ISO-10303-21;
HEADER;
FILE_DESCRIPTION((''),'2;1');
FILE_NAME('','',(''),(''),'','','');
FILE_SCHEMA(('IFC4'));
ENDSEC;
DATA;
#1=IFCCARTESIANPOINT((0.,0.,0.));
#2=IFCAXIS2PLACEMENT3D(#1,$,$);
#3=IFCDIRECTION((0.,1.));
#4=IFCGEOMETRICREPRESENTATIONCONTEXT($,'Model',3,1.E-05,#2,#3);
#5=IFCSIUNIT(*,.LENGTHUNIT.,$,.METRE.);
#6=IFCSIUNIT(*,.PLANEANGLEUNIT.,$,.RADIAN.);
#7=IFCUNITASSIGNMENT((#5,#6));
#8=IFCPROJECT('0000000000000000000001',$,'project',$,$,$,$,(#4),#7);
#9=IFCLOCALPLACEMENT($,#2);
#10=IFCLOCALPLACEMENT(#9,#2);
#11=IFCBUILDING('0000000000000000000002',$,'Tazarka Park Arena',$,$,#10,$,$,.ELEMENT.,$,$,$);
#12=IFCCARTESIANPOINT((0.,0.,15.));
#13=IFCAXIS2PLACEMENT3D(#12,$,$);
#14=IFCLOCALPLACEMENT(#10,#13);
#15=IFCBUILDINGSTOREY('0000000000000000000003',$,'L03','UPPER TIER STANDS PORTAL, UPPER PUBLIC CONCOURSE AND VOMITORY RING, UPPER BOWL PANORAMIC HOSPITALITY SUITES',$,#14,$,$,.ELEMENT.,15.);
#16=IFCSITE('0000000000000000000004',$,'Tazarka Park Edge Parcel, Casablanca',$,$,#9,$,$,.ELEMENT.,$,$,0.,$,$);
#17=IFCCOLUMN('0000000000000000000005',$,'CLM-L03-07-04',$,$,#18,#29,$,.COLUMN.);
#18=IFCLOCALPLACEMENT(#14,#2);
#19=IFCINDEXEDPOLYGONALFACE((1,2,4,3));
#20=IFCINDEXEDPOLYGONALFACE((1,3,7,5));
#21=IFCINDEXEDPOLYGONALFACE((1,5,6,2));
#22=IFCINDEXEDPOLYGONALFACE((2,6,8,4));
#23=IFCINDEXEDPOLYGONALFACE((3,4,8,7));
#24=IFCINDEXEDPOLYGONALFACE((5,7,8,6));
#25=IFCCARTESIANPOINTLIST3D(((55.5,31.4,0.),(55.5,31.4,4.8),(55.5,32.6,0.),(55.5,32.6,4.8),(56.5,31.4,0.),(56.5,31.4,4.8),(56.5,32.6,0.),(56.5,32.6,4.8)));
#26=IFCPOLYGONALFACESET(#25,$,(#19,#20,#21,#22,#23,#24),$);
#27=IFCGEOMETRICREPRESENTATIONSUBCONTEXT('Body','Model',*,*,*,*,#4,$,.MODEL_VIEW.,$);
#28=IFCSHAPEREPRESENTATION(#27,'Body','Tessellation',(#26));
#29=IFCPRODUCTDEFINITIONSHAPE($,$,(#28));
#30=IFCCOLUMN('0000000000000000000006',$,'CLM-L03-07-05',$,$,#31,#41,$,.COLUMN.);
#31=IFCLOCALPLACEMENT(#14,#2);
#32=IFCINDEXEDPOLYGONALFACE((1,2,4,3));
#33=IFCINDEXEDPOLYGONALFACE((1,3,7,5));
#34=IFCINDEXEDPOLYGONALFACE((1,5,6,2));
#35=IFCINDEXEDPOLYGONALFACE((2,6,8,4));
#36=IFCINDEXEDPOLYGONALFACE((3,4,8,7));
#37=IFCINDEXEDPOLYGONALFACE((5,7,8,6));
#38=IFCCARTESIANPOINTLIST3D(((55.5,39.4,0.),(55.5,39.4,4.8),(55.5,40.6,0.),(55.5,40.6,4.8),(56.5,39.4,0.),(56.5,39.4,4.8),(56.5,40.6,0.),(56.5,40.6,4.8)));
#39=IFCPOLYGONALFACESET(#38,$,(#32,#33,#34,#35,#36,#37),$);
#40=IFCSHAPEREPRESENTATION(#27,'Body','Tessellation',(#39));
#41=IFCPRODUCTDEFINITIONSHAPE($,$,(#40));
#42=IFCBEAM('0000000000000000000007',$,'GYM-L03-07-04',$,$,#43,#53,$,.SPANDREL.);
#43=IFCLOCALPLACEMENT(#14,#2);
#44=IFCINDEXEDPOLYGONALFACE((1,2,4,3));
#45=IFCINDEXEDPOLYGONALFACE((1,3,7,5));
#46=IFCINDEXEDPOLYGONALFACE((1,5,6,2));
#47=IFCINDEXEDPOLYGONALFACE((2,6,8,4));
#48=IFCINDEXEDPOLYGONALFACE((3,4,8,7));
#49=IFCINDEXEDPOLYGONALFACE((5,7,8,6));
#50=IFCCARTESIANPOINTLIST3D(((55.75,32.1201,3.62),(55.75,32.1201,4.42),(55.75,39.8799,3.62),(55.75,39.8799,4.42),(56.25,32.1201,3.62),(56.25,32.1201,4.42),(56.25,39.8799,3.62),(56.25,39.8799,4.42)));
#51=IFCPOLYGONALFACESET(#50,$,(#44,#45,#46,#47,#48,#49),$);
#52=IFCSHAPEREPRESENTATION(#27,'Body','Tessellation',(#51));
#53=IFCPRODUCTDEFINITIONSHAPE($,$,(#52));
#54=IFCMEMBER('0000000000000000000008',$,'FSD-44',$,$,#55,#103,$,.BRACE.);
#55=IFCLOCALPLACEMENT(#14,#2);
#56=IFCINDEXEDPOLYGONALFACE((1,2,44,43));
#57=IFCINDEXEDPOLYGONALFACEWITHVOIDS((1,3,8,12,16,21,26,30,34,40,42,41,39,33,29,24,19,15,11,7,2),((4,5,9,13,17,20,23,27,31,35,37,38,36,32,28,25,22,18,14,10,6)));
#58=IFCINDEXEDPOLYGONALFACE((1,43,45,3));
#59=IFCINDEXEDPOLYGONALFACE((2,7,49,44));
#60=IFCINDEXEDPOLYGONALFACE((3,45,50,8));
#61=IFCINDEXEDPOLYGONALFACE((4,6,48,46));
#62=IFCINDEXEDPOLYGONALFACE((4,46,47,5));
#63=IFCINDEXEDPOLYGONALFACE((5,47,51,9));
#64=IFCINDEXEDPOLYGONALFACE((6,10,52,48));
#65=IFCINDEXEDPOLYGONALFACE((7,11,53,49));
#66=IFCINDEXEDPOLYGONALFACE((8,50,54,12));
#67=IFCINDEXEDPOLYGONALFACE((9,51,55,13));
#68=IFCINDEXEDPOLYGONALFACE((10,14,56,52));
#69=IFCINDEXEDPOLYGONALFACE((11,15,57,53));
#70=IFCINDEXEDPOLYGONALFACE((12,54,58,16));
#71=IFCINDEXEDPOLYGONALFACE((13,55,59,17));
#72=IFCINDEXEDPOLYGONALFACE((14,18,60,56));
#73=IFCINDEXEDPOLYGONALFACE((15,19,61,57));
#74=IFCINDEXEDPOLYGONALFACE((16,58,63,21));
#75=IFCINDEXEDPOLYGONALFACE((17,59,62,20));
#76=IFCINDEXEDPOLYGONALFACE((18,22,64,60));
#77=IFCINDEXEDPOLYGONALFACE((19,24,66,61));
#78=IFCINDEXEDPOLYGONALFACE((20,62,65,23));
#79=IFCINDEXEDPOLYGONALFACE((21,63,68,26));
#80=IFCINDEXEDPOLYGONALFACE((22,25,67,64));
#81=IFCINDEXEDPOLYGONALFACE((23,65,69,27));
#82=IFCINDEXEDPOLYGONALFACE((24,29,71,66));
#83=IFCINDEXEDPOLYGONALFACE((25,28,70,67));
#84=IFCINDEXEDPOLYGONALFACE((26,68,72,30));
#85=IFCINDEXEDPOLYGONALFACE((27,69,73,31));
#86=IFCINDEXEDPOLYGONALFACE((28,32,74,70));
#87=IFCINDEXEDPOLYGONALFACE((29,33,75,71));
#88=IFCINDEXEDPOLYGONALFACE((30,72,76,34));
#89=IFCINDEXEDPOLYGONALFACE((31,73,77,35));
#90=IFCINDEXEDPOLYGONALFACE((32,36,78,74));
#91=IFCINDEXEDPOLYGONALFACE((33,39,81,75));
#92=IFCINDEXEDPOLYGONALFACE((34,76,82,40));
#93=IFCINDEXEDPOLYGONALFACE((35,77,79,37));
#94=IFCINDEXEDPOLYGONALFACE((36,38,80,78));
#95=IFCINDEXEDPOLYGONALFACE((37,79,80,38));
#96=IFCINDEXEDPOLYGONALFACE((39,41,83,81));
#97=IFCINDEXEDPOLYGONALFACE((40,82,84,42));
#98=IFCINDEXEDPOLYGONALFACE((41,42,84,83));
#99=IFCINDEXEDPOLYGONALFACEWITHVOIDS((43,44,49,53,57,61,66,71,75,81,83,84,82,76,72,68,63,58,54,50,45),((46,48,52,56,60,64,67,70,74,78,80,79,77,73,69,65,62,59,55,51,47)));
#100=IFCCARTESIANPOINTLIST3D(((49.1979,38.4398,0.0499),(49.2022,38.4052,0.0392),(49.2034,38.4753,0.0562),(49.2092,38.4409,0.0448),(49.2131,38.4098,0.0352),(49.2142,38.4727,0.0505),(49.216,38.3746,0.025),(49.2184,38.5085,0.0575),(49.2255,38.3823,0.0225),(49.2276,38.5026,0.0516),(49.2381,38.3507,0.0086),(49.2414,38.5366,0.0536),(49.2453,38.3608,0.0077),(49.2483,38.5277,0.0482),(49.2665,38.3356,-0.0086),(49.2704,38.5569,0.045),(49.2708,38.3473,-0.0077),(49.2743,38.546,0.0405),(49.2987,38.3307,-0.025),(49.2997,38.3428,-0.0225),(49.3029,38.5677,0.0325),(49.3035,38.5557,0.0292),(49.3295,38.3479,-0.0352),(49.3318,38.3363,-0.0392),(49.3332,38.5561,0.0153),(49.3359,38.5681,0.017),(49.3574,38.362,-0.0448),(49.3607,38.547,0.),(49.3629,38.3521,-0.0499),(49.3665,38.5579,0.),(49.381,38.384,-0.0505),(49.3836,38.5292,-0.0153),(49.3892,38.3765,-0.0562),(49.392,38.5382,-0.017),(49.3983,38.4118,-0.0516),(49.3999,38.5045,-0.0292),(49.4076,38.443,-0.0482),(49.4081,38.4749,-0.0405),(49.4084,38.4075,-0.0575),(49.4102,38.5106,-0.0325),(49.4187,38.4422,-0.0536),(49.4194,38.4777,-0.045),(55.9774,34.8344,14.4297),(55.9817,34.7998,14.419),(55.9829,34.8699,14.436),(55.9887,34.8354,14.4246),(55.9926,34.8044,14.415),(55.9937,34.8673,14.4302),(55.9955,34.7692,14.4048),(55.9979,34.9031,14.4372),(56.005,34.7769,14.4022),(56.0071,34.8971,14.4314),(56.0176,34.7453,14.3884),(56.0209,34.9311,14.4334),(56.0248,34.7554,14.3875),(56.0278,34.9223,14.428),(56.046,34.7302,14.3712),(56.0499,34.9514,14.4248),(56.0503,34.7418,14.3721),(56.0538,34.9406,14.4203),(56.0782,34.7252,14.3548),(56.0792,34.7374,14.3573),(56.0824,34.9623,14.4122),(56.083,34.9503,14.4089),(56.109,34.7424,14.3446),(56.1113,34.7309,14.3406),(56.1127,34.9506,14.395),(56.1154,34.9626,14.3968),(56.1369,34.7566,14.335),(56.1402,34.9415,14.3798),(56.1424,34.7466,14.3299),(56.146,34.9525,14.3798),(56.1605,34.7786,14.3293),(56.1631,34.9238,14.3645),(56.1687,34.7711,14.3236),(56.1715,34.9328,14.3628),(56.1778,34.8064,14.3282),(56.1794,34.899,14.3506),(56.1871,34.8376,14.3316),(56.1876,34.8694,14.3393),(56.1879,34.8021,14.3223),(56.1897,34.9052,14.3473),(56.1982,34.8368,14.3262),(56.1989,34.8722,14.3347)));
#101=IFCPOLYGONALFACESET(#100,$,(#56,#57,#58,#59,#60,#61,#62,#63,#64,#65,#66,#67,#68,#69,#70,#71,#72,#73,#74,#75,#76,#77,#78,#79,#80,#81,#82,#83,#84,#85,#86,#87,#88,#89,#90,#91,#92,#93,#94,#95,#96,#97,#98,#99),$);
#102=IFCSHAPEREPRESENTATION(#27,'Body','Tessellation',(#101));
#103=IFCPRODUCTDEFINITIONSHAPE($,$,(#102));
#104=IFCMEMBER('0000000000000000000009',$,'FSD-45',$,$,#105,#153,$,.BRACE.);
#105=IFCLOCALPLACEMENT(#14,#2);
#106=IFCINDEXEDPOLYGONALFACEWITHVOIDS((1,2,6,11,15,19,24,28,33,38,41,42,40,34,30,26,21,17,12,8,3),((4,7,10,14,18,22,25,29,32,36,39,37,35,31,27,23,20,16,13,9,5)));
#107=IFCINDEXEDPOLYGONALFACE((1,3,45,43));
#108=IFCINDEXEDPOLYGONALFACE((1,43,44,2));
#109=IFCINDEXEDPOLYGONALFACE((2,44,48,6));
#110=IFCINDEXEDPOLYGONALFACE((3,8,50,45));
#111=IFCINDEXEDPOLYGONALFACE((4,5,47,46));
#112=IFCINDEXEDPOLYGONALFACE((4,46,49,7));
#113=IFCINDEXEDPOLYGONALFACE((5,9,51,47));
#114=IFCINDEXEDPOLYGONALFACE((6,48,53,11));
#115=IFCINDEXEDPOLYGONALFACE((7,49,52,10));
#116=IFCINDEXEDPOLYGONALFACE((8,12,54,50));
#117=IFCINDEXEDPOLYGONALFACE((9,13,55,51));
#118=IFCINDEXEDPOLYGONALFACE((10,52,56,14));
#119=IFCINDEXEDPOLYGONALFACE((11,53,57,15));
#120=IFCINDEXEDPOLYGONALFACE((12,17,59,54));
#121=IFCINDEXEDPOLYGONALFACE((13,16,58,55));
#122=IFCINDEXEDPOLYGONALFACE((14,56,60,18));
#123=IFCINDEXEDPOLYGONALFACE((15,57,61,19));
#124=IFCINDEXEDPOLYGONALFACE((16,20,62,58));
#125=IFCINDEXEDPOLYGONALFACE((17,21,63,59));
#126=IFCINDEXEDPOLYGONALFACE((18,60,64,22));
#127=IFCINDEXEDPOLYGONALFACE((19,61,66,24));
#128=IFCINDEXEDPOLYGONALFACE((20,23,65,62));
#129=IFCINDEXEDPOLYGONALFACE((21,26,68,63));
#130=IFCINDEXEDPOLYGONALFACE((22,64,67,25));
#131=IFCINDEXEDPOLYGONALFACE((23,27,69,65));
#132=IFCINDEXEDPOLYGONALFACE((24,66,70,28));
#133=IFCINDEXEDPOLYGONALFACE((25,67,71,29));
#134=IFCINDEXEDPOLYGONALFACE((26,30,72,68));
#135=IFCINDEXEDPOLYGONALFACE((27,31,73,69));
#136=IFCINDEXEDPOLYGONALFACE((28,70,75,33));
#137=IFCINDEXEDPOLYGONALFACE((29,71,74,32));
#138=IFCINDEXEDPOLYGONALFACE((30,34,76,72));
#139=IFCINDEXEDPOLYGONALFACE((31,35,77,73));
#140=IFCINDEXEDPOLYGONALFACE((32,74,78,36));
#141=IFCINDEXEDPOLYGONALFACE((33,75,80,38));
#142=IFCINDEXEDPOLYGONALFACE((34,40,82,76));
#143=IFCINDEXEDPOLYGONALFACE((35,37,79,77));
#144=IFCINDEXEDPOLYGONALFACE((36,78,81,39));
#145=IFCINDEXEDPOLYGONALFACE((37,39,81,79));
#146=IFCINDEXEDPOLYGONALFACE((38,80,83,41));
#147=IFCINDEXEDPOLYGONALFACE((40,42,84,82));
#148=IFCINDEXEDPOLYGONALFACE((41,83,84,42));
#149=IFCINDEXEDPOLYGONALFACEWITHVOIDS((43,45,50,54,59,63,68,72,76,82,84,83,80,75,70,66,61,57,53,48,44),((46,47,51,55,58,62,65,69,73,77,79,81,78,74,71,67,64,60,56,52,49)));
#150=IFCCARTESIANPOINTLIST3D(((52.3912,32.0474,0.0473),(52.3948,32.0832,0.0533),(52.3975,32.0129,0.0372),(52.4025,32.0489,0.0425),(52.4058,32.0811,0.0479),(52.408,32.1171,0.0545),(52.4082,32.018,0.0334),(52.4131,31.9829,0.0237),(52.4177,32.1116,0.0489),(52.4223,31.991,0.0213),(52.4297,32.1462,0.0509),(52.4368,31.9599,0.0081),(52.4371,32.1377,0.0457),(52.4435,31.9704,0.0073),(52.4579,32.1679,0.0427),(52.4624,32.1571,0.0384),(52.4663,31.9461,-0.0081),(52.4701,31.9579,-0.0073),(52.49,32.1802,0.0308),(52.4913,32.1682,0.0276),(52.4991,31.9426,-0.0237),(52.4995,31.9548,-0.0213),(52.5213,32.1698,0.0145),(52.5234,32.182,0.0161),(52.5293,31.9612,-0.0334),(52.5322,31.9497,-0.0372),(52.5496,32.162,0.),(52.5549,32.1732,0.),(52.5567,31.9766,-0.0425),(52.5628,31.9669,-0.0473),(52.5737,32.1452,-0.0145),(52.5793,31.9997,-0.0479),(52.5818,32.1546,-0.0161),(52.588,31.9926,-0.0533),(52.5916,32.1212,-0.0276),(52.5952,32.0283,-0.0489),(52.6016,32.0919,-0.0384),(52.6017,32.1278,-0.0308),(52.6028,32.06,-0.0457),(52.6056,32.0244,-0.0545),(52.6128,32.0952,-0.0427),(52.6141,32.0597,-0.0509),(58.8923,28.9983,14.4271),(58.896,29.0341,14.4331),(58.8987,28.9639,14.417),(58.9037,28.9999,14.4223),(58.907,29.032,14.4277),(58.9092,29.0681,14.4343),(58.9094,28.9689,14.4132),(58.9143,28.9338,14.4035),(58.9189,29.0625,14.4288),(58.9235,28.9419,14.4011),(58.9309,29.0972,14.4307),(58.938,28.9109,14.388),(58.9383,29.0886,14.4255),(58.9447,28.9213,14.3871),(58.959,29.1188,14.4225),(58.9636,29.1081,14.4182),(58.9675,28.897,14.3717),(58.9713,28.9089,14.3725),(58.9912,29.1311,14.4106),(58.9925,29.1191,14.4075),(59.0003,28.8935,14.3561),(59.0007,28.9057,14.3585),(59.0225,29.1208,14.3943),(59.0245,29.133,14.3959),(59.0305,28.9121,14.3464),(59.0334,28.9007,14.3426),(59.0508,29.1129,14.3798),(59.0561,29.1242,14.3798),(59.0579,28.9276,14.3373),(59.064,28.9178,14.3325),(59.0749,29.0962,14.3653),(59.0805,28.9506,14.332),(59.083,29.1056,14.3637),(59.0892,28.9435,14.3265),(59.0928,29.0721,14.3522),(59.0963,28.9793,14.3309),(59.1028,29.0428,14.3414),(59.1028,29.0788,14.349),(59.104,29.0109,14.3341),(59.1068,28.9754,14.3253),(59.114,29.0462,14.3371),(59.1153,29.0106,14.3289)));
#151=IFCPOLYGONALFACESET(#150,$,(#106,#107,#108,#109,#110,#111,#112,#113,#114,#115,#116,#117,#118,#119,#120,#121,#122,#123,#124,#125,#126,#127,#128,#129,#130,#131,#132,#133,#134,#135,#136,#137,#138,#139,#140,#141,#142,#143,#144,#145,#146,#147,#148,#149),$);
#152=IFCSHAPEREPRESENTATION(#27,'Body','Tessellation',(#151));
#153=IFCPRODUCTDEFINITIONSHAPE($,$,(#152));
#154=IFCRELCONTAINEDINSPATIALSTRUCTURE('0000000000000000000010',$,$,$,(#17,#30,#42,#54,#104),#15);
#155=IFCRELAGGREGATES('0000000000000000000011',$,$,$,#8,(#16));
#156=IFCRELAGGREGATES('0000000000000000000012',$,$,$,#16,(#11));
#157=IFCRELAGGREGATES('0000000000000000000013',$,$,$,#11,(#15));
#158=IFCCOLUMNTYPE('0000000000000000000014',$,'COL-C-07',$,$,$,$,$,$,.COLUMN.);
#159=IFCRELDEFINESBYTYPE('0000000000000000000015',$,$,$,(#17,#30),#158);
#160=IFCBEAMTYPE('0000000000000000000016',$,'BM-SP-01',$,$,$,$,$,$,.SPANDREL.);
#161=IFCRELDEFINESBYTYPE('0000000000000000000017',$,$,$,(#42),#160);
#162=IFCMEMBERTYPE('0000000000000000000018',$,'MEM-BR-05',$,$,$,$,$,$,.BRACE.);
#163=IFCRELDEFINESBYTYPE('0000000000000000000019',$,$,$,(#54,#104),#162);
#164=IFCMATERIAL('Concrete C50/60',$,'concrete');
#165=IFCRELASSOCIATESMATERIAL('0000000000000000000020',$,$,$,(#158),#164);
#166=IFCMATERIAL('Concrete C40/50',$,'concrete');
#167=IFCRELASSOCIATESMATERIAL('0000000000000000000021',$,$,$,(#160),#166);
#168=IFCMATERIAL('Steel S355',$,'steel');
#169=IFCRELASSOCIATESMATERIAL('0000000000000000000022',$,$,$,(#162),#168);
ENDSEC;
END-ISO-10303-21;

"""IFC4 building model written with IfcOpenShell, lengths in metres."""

from ifc_helpers import new_model, si_unit, direction, frame, origin, origin_2d, place, context, subcontext, project, spatial, rectangle, hollow_circle, extrude, material, material_profile, profile_set, type_object, element, save


model = new_model("IFC4")

# Units and contexts
model_context = context("Model", 3, precision=1e-05, world=origin(), true_north=direction((0.0, 1.0)))
body_context = subcontext(model_context, "Body", "Model", "MODEL_VIEW")
ifc_project = project(units=[si_unit("LENGTHUNIT", "METRE"), si_unit("PLANEANGLEUNIT", "RADIAN")], contexts=[model_context])

# Site, building, storey
site_placement = place(None, origin())
site = spatial("IfcSite", under=ifc_project, at=site_placement, Name="Tazarka Park Edge Parcel, Casablanca", CompositionType="ELEMENT", RefElevation=0.0)
building_placement = place(site_placement, origin())
building = spatial("IfcBuilding", under=site, at=building_placement, Name="Tazarka Park Arena", CompositionType="ELEMENT")
storey_placement = place(building_placement, frame((0.0, 0.0, 15.0)))
storey = spatial("IfcBuildingStorey", under=building, at=storey_placement, Name="L03", Description="UPPER TIER STANDS PORTAL, UPPER PUBLIC CONCOURSE AND VOMITORY RING, UPPER BOWL PANORAMIC HOSPITALITY SUITES", CompositionType="ELEMENT", Elevation=15.0)

# Columns
ifc_material_1 = material(Name="Concrete C50/60", Category="concrete")
ifc_material_profile_1 = material_profile(ifc_material_1, rectangle(XDim=1.0, YDim=1.2, at=origin_2d()), Name="Concrete C50/60")
ifc_profile_set_1 = profile_set([ifc_material_profile_1], Name="Concrete C50/60")
column_type = type_object("IfcColumnType", Name="COL-C-07", PredefinedType="COLUMN", material=ifc_profile_set_1)
for number, where, z_axis, x_axis, name in (
    (1, (56.0, 32.0, 0.0), (0.0, 0.0, 1.0), (1.0, 0.0, 0.0), "CLM-L03-07-04"),
    (2, (56.0, 40.0, 0.0), (0.0, 0.0, 1.0), (1.0, 0.0, 0.0), "CLM-L03-07-05"),
):
    element("IfcColumn", number, at=place(storey_placement, frame(where, z_axis=z_axis, x_axis=x_axis)), inside=storey, type_object=column_type, Name=name, PredefinedType="COLUMN", context=body_context, shape_type="SweptSolid", body=[
        extrude(rectangle(XDim=1.0, YDim=1.2, at=origin_2d()), origin(), (0.0, 0.0, 1.0), 4.8),
    ])

# Beam
ifc_material_2 = material(Name="Concrete C40/50", Category="concrete")
ifc_material_profile_2 = material_profile(ifc_material_2, rectangle(XDim=0.5, YDim=0.8, at=origin_2d()), Name="Concrete C40/50")
ifc_profile_set_2 = profile_set([ifc_material_profile_2], Name="Concrete C40/50")
beam_type = type_object("IfcBeamType", Name="BM-SP-01", PredefinedType="SPANDREL", material=ifc_profile_set_2)
beam_placement = place(storey_placement, frame((56.0, 32.1201, 4.02), z_axis=(0.0, 1.0, 0.0), x_axis=(-1.0, 0.0, 0.0)))
element("IfcBeam", 3, at=beam_placement, inside=storey, type_object=beam_type, Name="GYM-L03-07-04", PredefinedType="SPANDREL", context=body_context, shape_type="SweptSolid", body=[
    extrude(rectangle(XDim=0.5, YDim=0.8, at=origin_2d()), origin(), (0.0, 0.0, 1.0), 7.7598),
])

# Members
ifc_material_3 = material(Name="Steel S355", Category="steel")
ifc_material_profile_3 = material_profile(ifc_material_3, hollow_circle(Radius=0.1223, WallThickness=0.0125, at=origin_2d()), Name="Steel S355")
ifc_profile_set_3 = profile_set([ifc_material_profile_3], Name="Steel S355")
member_type_1 = type_object("IfcMemberType", Name="MEM-BR-05", PredefinedType="BRACE", material=ifc_profile_set_3)
member_1_placement = place(storey_placement, frame((49.3091, 38.45, 0.0), z_axis=(0.415882, -0.221173, 0.882114), x_axis=(0.469545, 0.882909, 0.0)))
element("IfcMember", 4, at=member_1_placement, inside=storey, type_object=member_type_1, Name="FSD-44", PredefinedType="BRACE", context=body_context, shape_type="SweptSolid", body=[
    extrude(hollow_circle(Radius=0.1223, WallThickness=0.0125, at=origin_2d()), origin(), (0.0, 0.0, 1.0), 16.3015),
])
member_2_placement = place(storey_placement, frame((52.5029, 32.0625, 0.0), z_axis=(0.404479, -0.189701, 0.894657), x_axis=(0.424619, 0.905372, 0.0)))
element("IfcMember", 5, at=member_2_placement, inside=storey, type_object=member_type_1, Name="FSD-45", PredefinedType="BRACE", context=body_context, shape_type="SweptSolid", body=[
    extrude(hollow_circle(Radius=0.1223, WallThickness=0.0125, at=origin_2d()), origin(), (0.0, 0.0, 1.0), 16.073),
])

save(model, "model.ifc")
